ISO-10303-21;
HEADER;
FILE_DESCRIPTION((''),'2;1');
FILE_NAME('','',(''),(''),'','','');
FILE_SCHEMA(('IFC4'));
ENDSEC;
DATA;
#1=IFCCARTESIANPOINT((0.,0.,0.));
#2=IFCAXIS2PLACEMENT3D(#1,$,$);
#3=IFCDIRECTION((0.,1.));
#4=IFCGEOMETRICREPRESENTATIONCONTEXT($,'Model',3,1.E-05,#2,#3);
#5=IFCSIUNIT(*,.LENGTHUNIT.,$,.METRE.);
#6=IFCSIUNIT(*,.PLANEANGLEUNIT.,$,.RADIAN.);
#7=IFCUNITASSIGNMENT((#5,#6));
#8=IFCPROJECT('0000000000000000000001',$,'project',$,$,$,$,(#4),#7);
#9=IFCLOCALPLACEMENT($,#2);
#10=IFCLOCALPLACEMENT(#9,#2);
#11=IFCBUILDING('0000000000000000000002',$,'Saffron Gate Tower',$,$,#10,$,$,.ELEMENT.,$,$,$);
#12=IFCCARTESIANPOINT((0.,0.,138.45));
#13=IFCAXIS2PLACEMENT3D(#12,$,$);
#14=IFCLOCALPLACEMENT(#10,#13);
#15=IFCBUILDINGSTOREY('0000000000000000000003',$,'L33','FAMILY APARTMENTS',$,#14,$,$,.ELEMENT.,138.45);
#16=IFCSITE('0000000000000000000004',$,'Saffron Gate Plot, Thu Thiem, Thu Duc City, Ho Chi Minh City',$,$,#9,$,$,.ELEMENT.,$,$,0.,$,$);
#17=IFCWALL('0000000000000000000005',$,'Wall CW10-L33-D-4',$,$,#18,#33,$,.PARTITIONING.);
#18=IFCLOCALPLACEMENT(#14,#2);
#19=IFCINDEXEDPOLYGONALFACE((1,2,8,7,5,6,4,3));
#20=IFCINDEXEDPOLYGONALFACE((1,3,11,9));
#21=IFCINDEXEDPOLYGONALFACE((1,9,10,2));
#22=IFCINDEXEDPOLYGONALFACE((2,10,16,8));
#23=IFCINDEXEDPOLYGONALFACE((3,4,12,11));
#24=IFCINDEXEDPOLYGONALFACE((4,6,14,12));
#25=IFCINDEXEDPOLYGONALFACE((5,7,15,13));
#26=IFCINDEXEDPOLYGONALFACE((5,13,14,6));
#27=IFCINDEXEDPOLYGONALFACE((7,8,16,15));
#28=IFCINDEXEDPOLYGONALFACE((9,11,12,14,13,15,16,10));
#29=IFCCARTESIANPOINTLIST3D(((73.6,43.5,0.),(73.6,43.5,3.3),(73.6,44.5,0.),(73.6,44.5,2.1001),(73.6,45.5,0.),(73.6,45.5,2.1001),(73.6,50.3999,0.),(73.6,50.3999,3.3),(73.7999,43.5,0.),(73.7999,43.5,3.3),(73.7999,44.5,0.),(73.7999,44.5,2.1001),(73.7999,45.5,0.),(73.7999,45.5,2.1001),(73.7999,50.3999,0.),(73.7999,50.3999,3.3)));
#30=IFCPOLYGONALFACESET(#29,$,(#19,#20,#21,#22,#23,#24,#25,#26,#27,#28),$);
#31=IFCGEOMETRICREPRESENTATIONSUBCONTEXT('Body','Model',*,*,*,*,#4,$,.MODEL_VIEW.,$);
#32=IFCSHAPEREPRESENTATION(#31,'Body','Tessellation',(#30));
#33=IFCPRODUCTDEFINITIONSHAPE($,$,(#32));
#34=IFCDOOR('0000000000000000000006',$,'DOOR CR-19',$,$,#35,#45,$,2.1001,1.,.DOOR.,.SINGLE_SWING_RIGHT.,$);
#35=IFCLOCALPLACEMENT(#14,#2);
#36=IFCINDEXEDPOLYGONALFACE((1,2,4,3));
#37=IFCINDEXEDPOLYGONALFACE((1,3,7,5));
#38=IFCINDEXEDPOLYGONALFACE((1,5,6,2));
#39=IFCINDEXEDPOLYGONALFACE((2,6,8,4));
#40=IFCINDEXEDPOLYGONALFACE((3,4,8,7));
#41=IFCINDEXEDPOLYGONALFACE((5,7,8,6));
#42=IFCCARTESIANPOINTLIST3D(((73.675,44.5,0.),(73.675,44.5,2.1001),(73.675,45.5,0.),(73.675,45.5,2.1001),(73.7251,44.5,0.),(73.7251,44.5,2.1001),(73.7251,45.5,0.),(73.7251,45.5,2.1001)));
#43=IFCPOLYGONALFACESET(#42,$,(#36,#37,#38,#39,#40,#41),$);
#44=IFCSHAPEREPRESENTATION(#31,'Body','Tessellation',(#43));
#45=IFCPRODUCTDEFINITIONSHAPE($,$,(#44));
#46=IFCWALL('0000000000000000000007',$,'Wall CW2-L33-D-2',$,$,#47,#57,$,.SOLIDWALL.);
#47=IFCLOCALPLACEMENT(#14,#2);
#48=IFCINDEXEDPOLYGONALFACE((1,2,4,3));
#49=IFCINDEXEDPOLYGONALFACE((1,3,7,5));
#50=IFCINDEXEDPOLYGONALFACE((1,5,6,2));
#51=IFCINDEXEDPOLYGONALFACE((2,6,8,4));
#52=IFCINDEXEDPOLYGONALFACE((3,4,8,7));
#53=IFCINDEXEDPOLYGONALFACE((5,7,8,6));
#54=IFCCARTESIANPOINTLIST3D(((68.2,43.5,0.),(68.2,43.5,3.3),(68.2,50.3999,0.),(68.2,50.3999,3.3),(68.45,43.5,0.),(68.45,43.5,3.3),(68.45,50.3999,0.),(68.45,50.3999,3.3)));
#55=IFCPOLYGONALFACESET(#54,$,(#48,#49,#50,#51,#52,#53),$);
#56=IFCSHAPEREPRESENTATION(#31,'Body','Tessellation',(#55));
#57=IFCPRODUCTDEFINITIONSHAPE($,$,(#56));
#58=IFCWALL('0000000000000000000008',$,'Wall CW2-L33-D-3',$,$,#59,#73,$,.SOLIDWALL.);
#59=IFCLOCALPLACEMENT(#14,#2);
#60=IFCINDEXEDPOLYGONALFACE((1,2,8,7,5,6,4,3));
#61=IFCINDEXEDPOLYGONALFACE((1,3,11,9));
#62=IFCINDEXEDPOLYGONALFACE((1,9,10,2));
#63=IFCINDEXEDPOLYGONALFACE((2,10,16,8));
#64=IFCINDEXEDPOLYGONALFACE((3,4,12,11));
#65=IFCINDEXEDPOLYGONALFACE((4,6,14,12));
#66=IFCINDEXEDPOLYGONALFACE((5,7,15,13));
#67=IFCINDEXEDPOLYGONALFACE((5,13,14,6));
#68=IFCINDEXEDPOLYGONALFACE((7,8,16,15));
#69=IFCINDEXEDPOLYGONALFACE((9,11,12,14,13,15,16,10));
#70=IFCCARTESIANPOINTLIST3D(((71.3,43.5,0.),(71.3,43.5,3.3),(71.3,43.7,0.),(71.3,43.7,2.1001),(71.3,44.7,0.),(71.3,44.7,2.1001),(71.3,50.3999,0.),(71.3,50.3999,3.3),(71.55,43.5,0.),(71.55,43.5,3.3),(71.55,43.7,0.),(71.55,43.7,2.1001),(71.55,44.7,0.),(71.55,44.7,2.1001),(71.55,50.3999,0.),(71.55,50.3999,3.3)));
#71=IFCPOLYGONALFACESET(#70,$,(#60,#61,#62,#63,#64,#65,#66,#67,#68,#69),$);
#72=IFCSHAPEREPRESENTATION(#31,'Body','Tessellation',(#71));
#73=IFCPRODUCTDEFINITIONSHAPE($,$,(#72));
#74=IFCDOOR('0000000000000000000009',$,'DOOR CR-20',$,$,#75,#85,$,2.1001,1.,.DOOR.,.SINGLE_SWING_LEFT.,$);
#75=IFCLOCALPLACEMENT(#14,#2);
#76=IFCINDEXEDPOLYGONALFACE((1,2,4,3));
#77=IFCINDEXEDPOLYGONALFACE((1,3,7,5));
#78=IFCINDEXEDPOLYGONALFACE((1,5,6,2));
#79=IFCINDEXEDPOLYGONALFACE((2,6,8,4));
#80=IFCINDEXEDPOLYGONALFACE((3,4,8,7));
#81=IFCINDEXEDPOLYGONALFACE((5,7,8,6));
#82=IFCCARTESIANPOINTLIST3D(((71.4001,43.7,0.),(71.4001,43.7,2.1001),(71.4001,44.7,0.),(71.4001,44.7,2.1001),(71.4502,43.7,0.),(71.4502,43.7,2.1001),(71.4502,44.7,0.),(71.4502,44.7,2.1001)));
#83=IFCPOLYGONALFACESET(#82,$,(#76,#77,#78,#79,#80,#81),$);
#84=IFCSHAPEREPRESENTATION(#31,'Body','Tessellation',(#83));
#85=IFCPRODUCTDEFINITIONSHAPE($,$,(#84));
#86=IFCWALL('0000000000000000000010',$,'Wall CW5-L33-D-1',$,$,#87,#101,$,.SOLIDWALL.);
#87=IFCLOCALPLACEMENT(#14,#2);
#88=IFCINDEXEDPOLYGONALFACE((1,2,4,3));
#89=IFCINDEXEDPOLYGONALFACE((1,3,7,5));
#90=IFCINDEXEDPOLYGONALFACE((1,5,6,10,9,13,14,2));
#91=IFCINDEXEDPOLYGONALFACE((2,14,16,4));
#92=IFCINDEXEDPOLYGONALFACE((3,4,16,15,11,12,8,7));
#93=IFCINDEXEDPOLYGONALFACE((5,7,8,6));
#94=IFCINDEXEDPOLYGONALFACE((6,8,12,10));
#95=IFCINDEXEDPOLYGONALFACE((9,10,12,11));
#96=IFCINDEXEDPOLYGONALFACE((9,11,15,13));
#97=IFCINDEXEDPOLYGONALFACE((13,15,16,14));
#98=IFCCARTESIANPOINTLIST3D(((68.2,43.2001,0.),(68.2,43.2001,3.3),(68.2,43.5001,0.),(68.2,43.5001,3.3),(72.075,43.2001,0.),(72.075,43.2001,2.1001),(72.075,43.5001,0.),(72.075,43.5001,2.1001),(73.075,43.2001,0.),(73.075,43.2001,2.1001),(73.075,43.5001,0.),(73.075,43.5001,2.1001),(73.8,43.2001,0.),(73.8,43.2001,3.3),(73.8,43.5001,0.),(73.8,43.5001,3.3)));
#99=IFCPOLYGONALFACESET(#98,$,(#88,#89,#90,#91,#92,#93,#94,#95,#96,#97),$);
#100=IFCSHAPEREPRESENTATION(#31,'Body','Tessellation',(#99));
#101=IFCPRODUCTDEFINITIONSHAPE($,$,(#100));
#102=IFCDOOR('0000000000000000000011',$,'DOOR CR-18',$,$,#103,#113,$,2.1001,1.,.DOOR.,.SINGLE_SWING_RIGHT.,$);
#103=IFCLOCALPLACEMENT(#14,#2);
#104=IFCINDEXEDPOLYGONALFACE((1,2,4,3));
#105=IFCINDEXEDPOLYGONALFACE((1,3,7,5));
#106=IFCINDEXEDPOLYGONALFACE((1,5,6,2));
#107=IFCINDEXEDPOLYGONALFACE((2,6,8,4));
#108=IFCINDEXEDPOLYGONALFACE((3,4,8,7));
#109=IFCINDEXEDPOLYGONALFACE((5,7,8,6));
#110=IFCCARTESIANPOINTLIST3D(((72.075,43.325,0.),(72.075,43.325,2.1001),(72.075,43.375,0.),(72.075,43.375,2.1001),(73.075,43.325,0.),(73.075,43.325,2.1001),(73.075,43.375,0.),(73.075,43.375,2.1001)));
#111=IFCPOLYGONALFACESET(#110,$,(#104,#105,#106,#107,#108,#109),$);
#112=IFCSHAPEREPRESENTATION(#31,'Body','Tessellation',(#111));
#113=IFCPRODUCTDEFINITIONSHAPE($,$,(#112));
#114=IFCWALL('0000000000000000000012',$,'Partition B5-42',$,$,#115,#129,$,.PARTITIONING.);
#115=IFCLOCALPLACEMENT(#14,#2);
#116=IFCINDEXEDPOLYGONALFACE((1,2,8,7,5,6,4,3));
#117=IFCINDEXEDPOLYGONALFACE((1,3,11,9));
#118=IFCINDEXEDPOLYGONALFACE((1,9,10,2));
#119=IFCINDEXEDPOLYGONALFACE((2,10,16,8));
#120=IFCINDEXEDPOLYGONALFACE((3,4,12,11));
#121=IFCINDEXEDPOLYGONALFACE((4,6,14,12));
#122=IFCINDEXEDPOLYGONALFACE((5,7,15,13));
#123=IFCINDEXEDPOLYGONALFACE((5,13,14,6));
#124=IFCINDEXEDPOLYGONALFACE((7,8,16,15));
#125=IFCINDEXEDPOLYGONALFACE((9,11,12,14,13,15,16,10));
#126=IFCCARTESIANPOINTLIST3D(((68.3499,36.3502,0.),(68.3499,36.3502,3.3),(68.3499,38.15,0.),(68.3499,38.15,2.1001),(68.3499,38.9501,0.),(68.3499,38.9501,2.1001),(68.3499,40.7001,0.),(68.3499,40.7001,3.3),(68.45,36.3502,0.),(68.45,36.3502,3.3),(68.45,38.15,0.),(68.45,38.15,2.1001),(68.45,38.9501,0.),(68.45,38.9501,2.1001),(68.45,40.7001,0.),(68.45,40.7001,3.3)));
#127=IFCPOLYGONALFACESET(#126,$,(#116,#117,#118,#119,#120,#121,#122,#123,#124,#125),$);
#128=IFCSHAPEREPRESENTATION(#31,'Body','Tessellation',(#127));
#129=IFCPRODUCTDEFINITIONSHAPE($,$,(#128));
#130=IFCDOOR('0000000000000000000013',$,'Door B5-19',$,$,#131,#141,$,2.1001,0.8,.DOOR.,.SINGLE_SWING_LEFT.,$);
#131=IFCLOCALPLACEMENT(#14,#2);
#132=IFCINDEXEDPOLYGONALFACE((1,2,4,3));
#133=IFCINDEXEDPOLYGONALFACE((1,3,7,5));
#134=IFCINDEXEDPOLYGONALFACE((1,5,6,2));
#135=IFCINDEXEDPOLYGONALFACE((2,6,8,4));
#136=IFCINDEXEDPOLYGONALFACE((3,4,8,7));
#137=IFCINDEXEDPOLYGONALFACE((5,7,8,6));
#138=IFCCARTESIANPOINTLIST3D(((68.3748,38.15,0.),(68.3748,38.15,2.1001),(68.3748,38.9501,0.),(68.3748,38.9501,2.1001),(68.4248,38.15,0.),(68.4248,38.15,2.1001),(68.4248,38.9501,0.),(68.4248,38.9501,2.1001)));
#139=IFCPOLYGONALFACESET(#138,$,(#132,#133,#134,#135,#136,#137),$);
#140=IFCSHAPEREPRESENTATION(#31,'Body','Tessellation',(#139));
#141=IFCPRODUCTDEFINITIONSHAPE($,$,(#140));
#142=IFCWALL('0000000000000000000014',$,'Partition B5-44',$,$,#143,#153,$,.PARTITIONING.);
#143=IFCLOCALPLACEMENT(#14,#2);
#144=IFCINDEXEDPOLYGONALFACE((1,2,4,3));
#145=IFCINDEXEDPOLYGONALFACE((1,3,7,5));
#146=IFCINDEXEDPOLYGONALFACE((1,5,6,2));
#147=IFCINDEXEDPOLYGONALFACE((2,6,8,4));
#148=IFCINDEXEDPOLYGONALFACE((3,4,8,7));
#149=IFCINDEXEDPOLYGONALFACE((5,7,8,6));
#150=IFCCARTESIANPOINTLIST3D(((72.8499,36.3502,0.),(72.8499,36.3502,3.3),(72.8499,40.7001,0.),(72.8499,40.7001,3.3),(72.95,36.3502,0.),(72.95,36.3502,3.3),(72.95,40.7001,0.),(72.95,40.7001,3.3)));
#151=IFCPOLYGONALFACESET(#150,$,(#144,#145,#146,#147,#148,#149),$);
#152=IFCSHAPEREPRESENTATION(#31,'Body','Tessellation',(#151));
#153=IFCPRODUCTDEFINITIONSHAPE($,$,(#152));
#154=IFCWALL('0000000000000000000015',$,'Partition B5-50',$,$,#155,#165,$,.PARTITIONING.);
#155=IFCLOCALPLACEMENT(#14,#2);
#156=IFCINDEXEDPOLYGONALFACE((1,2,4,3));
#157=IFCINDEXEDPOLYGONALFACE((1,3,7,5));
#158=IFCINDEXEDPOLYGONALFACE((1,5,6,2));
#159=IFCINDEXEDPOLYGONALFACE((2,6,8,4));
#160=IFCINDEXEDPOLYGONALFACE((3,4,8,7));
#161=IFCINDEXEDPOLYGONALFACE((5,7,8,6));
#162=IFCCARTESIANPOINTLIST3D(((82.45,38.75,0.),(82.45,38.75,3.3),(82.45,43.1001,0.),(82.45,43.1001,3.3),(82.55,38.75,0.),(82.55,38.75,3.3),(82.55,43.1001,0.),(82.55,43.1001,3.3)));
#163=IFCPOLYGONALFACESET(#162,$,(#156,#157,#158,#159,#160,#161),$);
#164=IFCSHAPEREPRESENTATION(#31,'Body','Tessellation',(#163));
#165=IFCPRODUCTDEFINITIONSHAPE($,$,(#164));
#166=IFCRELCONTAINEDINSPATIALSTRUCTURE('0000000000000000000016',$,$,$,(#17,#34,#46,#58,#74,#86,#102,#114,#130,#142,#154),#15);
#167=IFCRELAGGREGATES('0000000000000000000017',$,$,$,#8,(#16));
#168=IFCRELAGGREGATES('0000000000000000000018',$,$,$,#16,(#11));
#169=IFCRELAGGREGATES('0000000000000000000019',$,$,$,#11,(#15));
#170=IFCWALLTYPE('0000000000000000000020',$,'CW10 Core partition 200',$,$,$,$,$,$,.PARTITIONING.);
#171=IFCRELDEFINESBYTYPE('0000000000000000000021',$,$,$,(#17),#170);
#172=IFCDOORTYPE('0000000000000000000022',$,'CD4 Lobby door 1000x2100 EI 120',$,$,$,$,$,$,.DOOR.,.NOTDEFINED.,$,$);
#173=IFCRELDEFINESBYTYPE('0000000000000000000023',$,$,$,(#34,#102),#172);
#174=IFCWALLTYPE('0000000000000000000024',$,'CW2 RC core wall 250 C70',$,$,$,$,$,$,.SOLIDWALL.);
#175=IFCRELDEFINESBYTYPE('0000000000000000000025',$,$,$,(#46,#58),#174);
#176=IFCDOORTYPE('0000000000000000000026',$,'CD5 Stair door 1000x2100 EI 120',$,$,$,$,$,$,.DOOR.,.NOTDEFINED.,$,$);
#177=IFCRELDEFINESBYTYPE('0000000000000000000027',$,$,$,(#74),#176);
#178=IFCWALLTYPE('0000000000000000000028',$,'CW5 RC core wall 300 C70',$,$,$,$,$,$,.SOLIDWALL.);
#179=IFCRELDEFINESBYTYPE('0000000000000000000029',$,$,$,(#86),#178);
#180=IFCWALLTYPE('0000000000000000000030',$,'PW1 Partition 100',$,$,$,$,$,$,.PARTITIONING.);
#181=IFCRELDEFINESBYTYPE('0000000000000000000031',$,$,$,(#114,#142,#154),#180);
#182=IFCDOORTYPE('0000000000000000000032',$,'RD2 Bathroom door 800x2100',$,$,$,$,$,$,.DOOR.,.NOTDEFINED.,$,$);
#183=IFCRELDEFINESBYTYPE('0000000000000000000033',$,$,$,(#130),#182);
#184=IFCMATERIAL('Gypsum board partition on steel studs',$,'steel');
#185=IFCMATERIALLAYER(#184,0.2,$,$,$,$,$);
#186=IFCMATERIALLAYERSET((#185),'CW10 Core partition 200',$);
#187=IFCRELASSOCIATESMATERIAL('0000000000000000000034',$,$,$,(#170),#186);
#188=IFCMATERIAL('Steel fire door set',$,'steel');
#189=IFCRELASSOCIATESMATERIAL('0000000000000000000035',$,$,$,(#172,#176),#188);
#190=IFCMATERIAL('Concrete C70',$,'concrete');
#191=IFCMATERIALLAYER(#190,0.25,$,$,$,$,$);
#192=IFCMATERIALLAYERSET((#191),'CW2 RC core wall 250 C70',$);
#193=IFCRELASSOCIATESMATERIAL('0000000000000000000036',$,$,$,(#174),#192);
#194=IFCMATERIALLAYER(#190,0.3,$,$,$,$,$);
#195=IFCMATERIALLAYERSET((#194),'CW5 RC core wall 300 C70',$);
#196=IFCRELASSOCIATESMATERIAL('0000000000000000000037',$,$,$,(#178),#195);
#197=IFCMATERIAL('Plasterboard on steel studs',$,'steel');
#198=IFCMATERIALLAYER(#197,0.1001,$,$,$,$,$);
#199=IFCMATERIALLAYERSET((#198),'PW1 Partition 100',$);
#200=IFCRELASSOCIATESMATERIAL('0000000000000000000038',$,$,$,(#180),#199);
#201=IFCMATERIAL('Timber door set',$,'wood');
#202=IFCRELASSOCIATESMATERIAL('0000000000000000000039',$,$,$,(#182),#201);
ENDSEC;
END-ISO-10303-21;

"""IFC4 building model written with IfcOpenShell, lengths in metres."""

from ifc_helpers import new_model, si_unit, direction, frame, frame_2d, origin, place, context, subcontext, project, spatial, rectangle, extrude, material, layer, layer_set, type_object, element, fill, save


model = new_model("IFC4")

# Units and contexts
model_context = context("Model", 3, precision=1e-05, world=origin(), true_north=direction((0.0, 1.0)))
body_context = subcontext(model_context, "Body", "Model", "MODEL_VIEW")
ifc_project = project(units=[si_unit("LENGTHUNIT", "METRE"), si_unit("PLANEANGLEUNIT", "RADIAN")], contexts=[model_context])

# Site, building, storey
site_placement = place(None, origin())
site = spatial("IfcSite", under=ifc_project, at=site_placement, Name="Saffron Gate Plot, Thu Thiem, Thu Duc City, Ho Chi Minh City", CompositionType="ELEMENT", RefElevation=0.0)
building_placement = place(site_placement, origin())
building = spatial("IfcBuilding", under=site, at=building_placement, Name="Saffron Gate Tower", CompositionType="ELEMENT")
storey_placement = place(building_placement, frame((0.0, 0.0, 138.45)))
storey = spatial("IfcBuildingStorey", under=building, at=storey_placement, Name="L33", Description="FAMILY APARTMENTS", CompositionType="ELEMENT", Elevation=138.45)

# Wall, opening, door
ifc_material_1 = material(Name="Gypsum board partition on steel studs", Category="steel")
ifc_layer_1 = layer(ifc_material_1, 0.2)
ifc_layer_set_1 = layer_set([ifc_layer_1], Name="CW10 Core partition 200")
wall_type_1 = type_object("IfcWallType", Name="CW10 Core partition 200", PredefinedType="PARTITIONING", material=ifc_layer_set_1)
wall_1_placement = place(storey_placement, frame((73.7, 43.5, 0.0), z_axis=(0.0, 0.0, 1.0), x_axis=(0.0, 1.0, 0.0)))
wall_1 = element("IfcWall", 1, at=wall_1_placement, inside=storey, type_object=wall_type_1, Name="Wall CW10-L33-D-4", PredefinedType="PARTITIONING", context=body_context, shape_type="SweptSolid", body=[
    extrude(rectangle(XDim=6.8999, YDim=0.2, at=frame_2d((3.45, 0.0))), origin(), (0.0, 0.0, 1.0), 3.3),
])
opening_1_placement = place(wall_1_placement, frame((1.0, 0.0, 0.0)))
opening_1 = element("IfcOpeningElement", 2, at=opening_1_placement, cuts=wall_1, PredefinedType="OPENING", context=body_context, shape_type="SweptSolid", body=[
    extrude(rectangle(XDim=1.0, YDim=2.1001, at=frame_2d((0.5, 1.05))), frame((0.0, 0.1099, 0.0), z_axis=(0.0, -1.0, 0.0), x_axis=(1.0, 0.0, 0.0)), (0.0, 0.0, 1.0), 0.22),
])
ifc_material_2 = material(Name="Steel fire door set", Category="steel")
door_type_1 = type_object("IfcDoorType", Name="CD4 Lobby door 1000x2100 EI 120", OperationType="NOTDEFINED", PredefinedType="DOOR", material=ifc_material_2)
door_1_placement = place(opening_1_placement, origin())
door_1 = element("IfcDoor", 3, at=door_1_placement, inside=storey, type_object=door_type_1, Name="DOOR CR-19", OperationType="SINGLE_SWING_RIGHT", OverallHeight=2.1001, OverallWidth=1.0, PredefinedType="DOOR", context=body_context, shape_type="SweptSolid", body=[
    extrude(rectangle(XDim=1.0, YDim=2.1001, at=frame_2d((0.5, 1.05))), frame((0.0, 0.0249, 0.0), z_axis=(0.0, -1.0, 0.0), x_axis=(1.0, 0.0, 0.0)), (0.0, 0.0, 1.0), 0.05),
])
fill(opening_1, door_1)

# Wall
ifc_material_3 = material(Name="Concrete C70", Category="concrete")
ifc_layer_2 = layer(ifc_material_3, 0.25)
ifc_layer_set_2 = layer_set([ifc_layer_2], Name="CW2 RC core wall 250 C70")
wall_type_2 = type_object("IfcWallType", Name="CW2 RC core wall 250 C70", PredefinedType="SOLIDWALL", material=ifc_layer_set_2)
wall_2_placement = place(storey_placement, frame((68.325, 43.5, 0.0), z_axis=(0.0, 0.0, 1.0), x_axis=(0.0, 1.0, 0.0)))
element("IfcWall", 4, at=wall_2_placement, inside=storey, type_object=wall_type_2, Name="Wall CW2-L33-D-2", PredefinedType="SOLIDWALL", context=body_context, shape_type="SweptSolid", body=[
    extrude(rectangle(XDim=6.8999, YDim=0.25, at=frame_2d((3.45, 0.0))), origin(), (0.0, 0.0, 1.0), 3.3),
])

# Walls, openings, doors
wall_3_placement = place(storey_placement, frame((71.425, 43.5, 0.0), z_axis=(0.0, 0.0, 1.0), x_axis=(0.0, 1.0, 0.0)))
wall_3 = element("IfcWall", 5, at=wall_3_placement, inside=storey, type_object=wall_type_2, Name="Wall CW2-L33-D-3", PredefinedType="SOLIDWALL", context=body_context, shape_type="SweptSolid", body=[
    extrude(rectangle(XDim=6.8999, YDim=0.25, at=frame_2d((3.45, 0.0))), origin(), (0.0, 0.0, 1.0), 3.3),
])
opening_2_placement = place(wall_3_placement, frame((0.2, 0.0, 0.0)))
opening_2 = element("IfcOpeningElement", 6, at=opening_2_placement, cuts=wall_3, PredefinedType="OPENING", context=body_context, shape_type="SweptSolid", body=[
    extrude(rectangle(XDim=1.0, YDim=2.1001, at=frame_2d((0.5, 1.05))), frame((0.0, 0.135, 0.0), z_axis=(0.0, -1.0, 0.0), x_axis=(1.0, 0.0, 0.0)), (0.0, 0.0, 1.0), 0.27),
])
door_type_2 = type_object("IfcDoorType", Name="CD5 Stair door 1000x2100 EI 120", OperationType="NOTDEFINED", PredefinedType="DOOR", material=ifc_material_2)
door_2_placement = place(opening_2_placement, origin())
door_2 = element("IfcDoor", 7, at=door_2_placement, inside=storey, type_object=door_type_2, Name="DOOR CR-20", OperationType="SINGLE_SWING_LEFT", OverallHeight=2.1001, OverallWidth=1.0, PredefinedType="DOOR", context=body_context, shape_type="SweptSolid", body=[
    extrude(rectangle(XDim=1.0, YDim=2.1001, at=frame_2d((0.5, 1.05))), frame((0.0, 0.0249, 0.0), z_axis=(0.0, -1.0, 0.0), x_axis=(1.0, 0.0, 0.0)), (0.0, 0.0, 1.0), 0.05),
])
fill(opening_2, door_2)
ifc_layer_3 = layer(ifc_material_3, 0.3)
ifc_layer_set_3 = layer_set([ifc_layer_3], Name="CW5 RC core wall 300 C70")
wall_type_3 = type_object("IfcWallType", Name="CW5 RC core wall 300 C70", PredefinedType="SOLIDWALL", material=ifc_layer_set_3)
wall_4_placement = place(storey_placement, frame((68.2, 43.3501, 0.0), z_axis=(0.0, 0.0, 1.0), x_axis=(1.0, 0.0, 0.0)))
wall_4 = element("IfcWall", 8, at=wall_4_placement, inside=storey, type_object=wall_type_3, Name="Wall CW5-L33-D-1", PredefinedType="SOLIDWALL", context=body_context, shape_type="SweptSolid", body=[
    extrude(rectangle(XDim=5.6001, YDim=0.3, at=frame_2d((2.8, 0.0))), origin(), (0.0, 0.0, 1.0), 3.3),
])
opening_3_placement = place(wall_4_placement, frame((3.875, 0.0, 0.0)))
opening_3 = element("IfcOpeningElement", 9, at=opening_3_placement, cuts=wall_4, PredefinedType="OPENING", context=body_context, shape_type="SweptSolid", body=[
    extrude(rectangle(XDim=1.0, YDim=2.1001, at=frame_2d((0.5, 1.05))), frame((0.0, 0.1602, 0.0), z_axis=(0.0, -1.0, 0.0), x_axis=(1.0, 0.0, 0.0)), (0.0, 0.0, 1.0), 0.3201),
])
door_3_placement = place(opening_3_placement, origin())
door_3 = element("IfcDoor", 10, at=door_3_placement, inside=storey, type_object=door_type_1, Name="DOOR CR-18", OperationType="SINGLE_SWING_RIGHT", OverallHeight=2.1001, OverallWidth=1.0, PredefinedType="DOOR", context=body_context, shape_type="SweptSolid", body=[
    extrude(rectangle(XDim=1.0, YDim=2.1001, at=frame_2d((0.5, 1.05))), frame((0.0, 0.0249, 0.0), z_axis=(0.0, -1.0, 0.0), x_axis=(1.0, 0.0, 0.0)), (0.0, 0.0, 1.0), 0.05),
])
fill(opening_3, door_3)
ifc_material_4 = material(Name="Plasterboard on steel studs", Category="steel")
ifc_layer_4 = layer(ifc_material_4, 0.1001)
ifc_layer_set_4 = layer_set([ifc_layer_4], Name="PW1 Partition 100")
wall_type_4 = type_object("IfcWallType", Name="PW1 Partition 100", PredefinedType="PARTITIONING", material=ifc_layer_set_4)
wall_5_placement = place(storey_placement, frame((68.3999, 40.7, 0.0), z_axis=(0.0, 0.0, 1.0), x_axis=(0.0, -1.0, 0.0)))
wall_5 = element("IfcWall", 11, at=wall_5_placement, inside=storey, type_object=wall_type_4, Name="Partition B5-42", PredefinedType="PARTITIONING", context=body_context, shape_type="SweptSolid", body=[
    extrude(rectangle(XDim=4.3499, YDim=0.1001, at=frame_2d((2.1748, 0.0))), origin(), (0.0, 0.0, 1.0), 3.3),
])
opening_4_placement = place(wall_5_placement, frame((1.75, 0.0, 0.0)))
opening_4 = element("IfcOpeningElement", 12, at=opening_4_placement, cuts=wall_5, PredefinedType="OPENING", context=body_context, shape_type="SweptSolid", body=[
    extrude(rectangle(XDim=0.8, YDim=2.1001, at=frame_2d((0.3999, 1.05))), frame((0.0, 0.0601, 0.0), z_axis=(0.0, -1.0, 0.0), x_axis=(1.0, 0.0, 0.0)), (0.0, 0.0, 1.0), 0.1201),
])
ifc_material_5 = material(Name="Timber door set", Category="wood")
door_type_3 = type_object("IfcDoorType", Name="RD2 Bathroom door 800x2100", OperationType="NOTDEFINED", PredefinedType="DOOR", material=ifc_material_5)
door_4_placement = place(opening_4_placement, origin())
door_4 = element("IfcDoor", 13, at=door_4_placement, inside=storey, type_object=door_type_3, Name="Door B5-19", OperationType="SINGLE_SWING_LEFT", OverallHeight=2.1001, OverallWidth=0.8, PredefinedType="DOOR", context=body_context, shape_type="SweptSolid", body=[
    extrude(rectangle(XDim=0.8, YDim=2.1001, at=frame_2d((0.3999, 1.05))), frame((0.0, 0.0249, 0.0), z_axis=(0.0, -1.0, 0.0), x_axis=(1.0, 0.0, 0.0)), (0.0, 0.0, 1.0), 0.05),
])
fill(opening_4, door_4)

# Walls
wall_6_placement = place(storey_placement, frame((72.8999, 40.7, 0.0), z_axis=(0.0, 0.0, 1.0), x_axis=(0.0, -1.0, 0.0)))
element("IfcWall", 14, at=wall_6_placement, inside=storey, type_object=wall_type_4, Name="Partition B5-44", PredefinedType="PARTITIONING", context=body_context, shape_type="SweptSolid", body=[
    extrude(rectangle(XDim=4.3499, YDim=0.1001, at=frame_2d((2.1748, 0.0))), origin(), (0.0, 0.0, 1.0), 3.3),
])
wall_7_placement = place(storey_placement, frame((82.5, 43.1001, 0.0), z_axis=(0.0, 0.0, 1.0), x_axis=(0.0, -1.0, 0.0)))
element("IfcWall", 15, at=wall_7_placement, inside=storey, type_object=wall_type_4, Name="Partition B5-50", PredefinedType="PARTITIONING", context=body_context, shape_type="SweptSolid", body=[
    extrude(rectangle(XDim=4.3501, YDim=0.1001, at=frame_2d((2.175, 0.0))), origin(), (0.0, 0.0, 1.0), 3.3),
])

save(model, "model.ifc")
